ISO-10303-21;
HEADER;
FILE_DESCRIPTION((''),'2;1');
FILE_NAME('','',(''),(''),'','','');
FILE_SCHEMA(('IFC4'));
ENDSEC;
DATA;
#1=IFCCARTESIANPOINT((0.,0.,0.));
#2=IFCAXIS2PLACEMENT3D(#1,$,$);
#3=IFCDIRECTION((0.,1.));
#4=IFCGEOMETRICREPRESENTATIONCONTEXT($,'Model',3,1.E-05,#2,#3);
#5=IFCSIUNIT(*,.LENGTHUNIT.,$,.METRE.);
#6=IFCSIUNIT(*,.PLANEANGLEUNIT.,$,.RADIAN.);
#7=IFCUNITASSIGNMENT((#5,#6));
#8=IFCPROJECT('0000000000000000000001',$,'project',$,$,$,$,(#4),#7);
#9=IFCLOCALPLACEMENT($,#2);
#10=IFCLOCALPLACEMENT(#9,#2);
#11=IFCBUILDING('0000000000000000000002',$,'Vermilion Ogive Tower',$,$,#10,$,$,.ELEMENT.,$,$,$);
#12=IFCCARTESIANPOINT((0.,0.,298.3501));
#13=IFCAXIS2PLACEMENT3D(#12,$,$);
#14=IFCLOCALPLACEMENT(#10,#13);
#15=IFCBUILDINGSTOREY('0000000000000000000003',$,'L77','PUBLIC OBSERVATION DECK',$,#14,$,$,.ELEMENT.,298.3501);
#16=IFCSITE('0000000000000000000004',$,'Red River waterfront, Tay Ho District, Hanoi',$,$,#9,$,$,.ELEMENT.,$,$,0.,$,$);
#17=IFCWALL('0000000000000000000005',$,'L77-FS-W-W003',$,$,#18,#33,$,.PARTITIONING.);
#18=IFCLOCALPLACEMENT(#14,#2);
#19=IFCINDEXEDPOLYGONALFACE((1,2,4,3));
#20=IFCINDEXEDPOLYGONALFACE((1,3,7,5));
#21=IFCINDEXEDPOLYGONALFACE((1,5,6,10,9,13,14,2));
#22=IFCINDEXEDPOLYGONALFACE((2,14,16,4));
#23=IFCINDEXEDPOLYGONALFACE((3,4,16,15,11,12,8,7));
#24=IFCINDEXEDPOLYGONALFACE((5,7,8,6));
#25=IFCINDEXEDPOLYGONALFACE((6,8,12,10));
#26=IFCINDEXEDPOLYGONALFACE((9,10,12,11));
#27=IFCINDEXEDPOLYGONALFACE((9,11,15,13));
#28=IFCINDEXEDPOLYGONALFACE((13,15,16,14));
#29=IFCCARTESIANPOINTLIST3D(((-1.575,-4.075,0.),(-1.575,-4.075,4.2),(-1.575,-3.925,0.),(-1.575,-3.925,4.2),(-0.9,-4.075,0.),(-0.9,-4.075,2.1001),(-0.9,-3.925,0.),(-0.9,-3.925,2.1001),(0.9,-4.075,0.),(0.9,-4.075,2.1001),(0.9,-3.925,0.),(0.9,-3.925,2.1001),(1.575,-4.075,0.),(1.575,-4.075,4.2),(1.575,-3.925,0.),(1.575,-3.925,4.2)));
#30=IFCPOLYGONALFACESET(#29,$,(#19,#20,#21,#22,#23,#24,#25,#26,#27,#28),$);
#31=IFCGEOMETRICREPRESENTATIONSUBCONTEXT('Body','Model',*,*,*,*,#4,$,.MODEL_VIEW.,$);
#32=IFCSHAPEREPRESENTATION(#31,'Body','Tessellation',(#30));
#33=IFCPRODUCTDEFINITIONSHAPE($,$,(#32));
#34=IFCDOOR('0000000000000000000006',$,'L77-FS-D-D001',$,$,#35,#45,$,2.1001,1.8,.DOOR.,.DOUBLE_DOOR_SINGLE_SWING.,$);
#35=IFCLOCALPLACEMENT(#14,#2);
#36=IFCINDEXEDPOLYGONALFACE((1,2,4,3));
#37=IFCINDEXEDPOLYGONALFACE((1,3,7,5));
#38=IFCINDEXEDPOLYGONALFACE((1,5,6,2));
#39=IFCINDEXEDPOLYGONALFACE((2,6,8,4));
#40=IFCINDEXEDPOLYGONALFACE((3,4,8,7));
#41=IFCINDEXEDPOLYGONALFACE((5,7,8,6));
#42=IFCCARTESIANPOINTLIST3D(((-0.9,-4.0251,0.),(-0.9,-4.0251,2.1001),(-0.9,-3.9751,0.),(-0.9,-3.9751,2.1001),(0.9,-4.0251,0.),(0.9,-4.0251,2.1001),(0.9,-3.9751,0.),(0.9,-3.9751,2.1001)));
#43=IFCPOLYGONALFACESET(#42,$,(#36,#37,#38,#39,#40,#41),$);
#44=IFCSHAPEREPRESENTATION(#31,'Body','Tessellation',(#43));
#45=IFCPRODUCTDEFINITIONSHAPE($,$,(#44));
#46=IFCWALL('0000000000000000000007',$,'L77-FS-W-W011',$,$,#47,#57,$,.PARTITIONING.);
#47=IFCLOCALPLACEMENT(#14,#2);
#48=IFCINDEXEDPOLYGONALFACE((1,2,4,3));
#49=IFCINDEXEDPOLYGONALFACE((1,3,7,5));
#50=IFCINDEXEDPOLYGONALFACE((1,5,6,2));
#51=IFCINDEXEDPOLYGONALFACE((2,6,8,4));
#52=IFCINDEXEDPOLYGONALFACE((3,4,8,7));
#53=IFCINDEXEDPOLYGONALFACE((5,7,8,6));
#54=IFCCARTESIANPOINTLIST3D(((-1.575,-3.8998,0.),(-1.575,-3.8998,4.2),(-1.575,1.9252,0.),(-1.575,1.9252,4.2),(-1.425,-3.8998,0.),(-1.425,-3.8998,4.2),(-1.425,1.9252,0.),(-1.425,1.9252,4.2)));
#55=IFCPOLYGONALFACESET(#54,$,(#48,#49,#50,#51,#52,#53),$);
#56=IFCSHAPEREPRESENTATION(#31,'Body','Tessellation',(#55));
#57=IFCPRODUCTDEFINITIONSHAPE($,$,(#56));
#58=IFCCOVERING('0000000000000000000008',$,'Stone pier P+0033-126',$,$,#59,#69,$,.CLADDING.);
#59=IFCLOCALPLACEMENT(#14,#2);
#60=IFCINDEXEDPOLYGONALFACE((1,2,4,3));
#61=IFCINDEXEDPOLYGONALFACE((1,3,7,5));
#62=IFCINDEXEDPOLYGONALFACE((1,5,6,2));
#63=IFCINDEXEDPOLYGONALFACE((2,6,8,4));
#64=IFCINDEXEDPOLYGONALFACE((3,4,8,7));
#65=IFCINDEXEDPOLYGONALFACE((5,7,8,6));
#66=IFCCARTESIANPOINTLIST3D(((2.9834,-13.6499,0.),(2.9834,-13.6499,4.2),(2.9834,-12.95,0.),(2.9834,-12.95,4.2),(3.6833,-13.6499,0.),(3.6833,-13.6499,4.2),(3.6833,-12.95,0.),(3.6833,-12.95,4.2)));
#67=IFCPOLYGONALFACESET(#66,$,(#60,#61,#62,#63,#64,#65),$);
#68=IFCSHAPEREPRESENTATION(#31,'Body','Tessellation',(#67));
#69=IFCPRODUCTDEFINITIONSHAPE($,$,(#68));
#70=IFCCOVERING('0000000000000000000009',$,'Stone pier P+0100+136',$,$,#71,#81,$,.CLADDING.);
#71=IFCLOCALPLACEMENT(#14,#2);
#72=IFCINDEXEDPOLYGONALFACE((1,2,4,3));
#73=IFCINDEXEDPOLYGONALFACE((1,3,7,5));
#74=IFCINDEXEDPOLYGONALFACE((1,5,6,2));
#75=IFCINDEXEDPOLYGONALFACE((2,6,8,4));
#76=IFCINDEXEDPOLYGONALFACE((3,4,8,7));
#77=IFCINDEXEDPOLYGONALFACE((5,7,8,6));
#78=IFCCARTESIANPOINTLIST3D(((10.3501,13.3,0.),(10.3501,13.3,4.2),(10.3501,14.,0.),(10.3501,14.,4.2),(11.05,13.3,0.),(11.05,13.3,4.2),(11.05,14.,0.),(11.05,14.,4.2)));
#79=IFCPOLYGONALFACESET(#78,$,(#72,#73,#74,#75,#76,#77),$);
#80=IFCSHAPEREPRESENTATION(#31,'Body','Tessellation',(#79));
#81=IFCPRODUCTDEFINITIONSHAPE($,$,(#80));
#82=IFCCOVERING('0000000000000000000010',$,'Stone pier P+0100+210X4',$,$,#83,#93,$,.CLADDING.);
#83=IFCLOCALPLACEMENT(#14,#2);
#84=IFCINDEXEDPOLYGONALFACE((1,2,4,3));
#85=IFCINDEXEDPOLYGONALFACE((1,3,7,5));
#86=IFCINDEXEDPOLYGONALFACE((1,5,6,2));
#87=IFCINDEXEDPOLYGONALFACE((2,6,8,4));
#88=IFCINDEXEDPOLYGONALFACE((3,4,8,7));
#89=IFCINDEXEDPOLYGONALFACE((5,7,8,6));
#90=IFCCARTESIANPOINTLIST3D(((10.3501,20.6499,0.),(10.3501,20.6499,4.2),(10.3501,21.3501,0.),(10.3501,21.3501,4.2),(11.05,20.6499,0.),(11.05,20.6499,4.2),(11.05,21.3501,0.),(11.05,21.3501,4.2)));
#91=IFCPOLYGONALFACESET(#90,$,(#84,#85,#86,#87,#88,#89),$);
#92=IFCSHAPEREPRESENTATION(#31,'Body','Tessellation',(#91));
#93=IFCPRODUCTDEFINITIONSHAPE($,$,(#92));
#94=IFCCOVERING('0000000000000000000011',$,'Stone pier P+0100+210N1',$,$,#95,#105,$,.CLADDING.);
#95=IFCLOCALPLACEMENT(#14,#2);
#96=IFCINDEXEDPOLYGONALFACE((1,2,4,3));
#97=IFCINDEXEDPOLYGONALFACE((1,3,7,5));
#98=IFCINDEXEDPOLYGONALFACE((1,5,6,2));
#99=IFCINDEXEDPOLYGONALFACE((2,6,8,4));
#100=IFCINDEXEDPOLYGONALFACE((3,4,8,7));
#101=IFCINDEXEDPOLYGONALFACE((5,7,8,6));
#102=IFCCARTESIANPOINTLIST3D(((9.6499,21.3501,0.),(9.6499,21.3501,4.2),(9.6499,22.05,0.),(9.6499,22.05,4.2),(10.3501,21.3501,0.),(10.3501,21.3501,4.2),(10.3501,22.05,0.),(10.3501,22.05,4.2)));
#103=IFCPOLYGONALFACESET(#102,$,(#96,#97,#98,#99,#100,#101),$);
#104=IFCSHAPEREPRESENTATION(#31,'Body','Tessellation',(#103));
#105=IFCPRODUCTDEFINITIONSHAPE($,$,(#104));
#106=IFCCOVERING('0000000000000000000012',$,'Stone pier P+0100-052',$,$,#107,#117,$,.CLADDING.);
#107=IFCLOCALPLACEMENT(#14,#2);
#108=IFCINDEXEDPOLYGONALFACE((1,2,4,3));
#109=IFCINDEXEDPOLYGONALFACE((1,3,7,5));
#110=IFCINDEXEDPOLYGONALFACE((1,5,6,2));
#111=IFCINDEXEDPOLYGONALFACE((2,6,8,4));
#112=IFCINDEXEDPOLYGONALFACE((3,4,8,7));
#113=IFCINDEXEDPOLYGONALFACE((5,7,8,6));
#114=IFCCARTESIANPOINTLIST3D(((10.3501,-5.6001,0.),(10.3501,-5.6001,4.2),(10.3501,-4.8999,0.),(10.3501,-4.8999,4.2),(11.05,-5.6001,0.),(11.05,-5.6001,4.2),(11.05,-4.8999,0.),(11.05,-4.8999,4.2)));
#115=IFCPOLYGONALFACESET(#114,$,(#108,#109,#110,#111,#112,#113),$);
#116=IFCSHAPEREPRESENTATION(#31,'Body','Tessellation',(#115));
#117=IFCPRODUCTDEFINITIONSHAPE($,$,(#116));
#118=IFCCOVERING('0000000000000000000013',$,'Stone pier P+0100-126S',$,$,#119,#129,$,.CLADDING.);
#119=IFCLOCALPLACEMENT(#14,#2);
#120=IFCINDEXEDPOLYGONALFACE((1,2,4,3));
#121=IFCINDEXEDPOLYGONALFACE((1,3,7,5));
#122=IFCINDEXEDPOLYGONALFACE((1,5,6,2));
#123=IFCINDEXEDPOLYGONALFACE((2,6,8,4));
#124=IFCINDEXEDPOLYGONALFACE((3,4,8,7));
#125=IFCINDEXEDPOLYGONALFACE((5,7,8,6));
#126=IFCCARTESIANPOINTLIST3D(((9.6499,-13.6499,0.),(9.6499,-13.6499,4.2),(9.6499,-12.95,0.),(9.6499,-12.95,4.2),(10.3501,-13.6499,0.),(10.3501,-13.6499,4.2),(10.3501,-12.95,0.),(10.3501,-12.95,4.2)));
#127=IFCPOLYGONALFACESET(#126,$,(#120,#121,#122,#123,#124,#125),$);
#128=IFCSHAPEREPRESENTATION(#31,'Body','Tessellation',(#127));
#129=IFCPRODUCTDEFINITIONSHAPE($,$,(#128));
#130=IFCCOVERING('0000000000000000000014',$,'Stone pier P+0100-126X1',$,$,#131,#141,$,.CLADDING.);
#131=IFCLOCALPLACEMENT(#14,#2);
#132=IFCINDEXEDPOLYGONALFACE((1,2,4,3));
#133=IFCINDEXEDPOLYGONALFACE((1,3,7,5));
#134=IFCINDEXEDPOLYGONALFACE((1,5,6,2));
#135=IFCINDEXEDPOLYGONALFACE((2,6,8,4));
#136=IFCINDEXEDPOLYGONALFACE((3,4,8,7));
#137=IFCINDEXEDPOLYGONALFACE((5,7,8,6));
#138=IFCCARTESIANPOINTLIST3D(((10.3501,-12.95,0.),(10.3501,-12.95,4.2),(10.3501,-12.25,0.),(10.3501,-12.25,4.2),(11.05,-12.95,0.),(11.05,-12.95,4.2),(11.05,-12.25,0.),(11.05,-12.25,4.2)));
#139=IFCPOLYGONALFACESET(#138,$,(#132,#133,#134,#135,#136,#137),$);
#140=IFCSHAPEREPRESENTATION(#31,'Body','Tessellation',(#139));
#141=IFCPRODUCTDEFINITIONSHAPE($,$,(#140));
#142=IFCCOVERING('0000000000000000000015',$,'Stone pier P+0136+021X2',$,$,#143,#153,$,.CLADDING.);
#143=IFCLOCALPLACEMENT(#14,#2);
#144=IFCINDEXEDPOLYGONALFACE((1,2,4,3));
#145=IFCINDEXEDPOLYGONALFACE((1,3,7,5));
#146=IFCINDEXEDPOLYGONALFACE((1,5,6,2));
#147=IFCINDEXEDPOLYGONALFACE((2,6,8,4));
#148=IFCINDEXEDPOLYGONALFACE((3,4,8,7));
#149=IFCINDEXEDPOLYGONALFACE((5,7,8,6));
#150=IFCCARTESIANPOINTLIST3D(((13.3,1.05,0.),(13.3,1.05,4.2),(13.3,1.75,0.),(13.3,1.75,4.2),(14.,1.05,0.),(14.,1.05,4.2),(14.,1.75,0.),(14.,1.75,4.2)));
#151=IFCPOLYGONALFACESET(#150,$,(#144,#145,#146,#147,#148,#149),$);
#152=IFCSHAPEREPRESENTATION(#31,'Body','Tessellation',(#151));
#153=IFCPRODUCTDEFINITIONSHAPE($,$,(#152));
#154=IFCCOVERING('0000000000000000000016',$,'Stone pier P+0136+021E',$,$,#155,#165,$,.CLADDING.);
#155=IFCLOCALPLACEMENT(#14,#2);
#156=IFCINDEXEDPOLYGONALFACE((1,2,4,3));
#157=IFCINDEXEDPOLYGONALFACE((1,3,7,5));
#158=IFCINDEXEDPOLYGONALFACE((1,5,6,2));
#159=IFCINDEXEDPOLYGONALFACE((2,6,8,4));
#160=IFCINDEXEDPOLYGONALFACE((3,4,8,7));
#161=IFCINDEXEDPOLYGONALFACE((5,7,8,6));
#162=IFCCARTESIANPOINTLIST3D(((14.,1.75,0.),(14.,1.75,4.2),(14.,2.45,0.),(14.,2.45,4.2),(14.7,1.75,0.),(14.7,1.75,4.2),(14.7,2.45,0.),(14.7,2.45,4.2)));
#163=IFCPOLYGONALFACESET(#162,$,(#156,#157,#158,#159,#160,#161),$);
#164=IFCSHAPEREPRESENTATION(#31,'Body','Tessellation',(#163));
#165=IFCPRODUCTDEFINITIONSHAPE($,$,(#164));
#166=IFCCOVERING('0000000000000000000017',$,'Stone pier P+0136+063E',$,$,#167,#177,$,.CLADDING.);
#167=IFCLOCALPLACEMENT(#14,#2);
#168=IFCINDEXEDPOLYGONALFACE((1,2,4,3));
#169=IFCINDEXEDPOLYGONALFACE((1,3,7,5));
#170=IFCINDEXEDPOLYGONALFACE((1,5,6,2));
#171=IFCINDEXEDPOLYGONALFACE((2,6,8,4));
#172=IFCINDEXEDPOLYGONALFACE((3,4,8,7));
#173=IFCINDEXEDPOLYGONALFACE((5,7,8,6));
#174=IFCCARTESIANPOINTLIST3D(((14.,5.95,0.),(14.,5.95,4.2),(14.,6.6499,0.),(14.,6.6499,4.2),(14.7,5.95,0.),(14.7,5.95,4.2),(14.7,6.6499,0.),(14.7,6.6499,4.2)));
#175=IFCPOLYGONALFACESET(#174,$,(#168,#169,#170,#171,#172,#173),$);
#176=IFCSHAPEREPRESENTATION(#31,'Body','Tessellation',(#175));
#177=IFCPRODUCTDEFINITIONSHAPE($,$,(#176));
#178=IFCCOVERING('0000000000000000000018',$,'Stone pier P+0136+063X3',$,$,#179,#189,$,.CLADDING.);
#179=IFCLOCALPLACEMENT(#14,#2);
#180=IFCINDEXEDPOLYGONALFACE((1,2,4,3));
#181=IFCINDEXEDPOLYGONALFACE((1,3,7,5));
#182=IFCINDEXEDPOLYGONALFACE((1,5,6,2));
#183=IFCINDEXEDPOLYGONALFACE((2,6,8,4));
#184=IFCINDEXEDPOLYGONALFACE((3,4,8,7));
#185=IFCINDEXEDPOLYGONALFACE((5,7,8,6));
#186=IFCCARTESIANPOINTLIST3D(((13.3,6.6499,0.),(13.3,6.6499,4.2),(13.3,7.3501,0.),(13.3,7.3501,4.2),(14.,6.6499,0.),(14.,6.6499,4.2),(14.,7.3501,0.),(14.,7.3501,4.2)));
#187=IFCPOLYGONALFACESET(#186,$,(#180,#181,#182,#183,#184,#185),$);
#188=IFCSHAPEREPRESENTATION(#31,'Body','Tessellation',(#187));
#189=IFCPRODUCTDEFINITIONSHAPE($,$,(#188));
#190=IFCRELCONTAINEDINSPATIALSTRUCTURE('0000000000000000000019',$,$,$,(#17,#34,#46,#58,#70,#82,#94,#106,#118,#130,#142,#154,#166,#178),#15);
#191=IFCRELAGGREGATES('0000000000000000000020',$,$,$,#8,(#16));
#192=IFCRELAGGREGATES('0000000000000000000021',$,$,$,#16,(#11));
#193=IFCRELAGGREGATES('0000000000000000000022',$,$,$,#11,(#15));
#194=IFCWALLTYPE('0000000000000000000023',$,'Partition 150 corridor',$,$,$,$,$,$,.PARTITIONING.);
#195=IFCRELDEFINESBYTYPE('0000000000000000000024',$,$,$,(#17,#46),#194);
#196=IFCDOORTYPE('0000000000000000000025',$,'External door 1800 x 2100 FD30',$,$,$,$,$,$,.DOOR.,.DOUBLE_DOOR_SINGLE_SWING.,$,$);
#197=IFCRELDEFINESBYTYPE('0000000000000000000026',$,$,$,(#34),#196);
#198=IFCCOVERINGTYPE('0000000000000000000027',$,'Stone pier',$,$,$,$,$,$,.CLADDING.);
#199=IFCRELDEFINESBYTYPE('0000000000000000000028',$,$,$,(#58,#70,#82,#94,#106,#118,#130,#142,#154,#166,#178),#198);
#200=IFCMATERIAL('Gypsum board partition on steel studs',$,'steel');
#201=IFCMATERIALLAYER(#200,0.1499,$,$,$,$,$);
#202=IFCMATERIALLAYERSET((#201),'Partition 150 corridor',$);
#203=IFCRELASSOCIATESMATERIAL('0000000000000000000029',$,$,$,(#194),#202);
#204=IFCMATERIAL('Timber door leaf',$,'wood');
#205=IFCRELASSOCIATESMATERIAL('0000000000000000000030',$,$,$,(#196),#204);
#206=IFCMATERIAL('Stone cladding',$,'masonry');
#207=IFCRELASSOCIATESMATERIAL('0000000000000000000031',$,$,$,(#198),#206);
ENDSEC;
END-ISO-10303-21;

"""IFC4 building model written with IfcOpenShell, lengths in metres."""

from ifc_helpers import new_model, si_unit, direction, frame, frame_2d, origin, place, context, subcontext, project, spatial, polyline, rectangle, outline, extrude, material, layer, layer_set, type_object, element, fill, save


model = new_model("IFC4")

# Units and contexts
model_context = context("Model", 3, precision=1e-05, world=origin(), true_north=direction((0.0, 1.0)))
body_context = subcontext(model_context, "Body", "Model", "MODEL_VIEW")
ifc_project = project(units=[si_unit("LENGTHUNIT", "METRE"), si_unit("PLANEANGLEUNIT", "RADIAN")], contexts=[model_context])

# Site, building, storey
site_placement = place(None, origin())
site = spatial("IfcSite", under=ifc_project, at=site_placement, Name="Red River waterfront, Tay Ho District, Hanoi", CompositionType="ELEMENT", RefElevation=0.0)
building_placement = place(site_placement, origin())
building = spatial("IfcBuilding", under=site, at=building_placement, Name="Vermilion Ogive Tower", CompositionType="ELEMENT")
storey_placement = place(building_placement, frame((0.0, 0.0, 298.3501)))
storey = spatial("IfcBuildingStorey", under=building, at=storey_placement, Name="L77", Description="PUBLIC OBSERVATION DECK", CompositionType="ELEMENT", Elevation=298.3501)

# Wall, opening, door
ifc_material_1 = material(Name="Gypsum board partition on steel studs", Category="steel")
ifc_layer_1 = layer(ifc_material_1, 0.1499)
ifc_layer_set_1 = layer_set([ifc_layer_1], Name="Partition 150 corridor")
wall_type_1 = type_object("IfcWallType", Name="Partition 150 corridor", PredefinedType="PARTITIONING", material=ifc_layer_set_1)
wall_1_placement = place(storey_placement, frame((-1.575, -4.0, 0.0), z_axis=(0.0, 0.0, 1.0), x_axis=(1.0, 0.0, 0.0)))
wall_1 = element("IfcWall", 1, at=wall_1_placement, inside=storey, type_object=wall_type_1, Name="L77-FS-W-W003", PredefinedType="PARTITIONING", context=body_context, shape_type="SweptSolid", body=[
    extrude(rectangle(XDim=3.1499, YDim=0.1499, at=frame_2d((1.575, 0.0))), origin(), (0.0, 0.0, 1.0), 4.2),
])
opening_placement = place(wall_1_placement, frame((0.675, 0.0, 0.0)))
opening = element("IfcOpeningElement", 2, at=opening_placement, cuts=wall_1, PredefinedType="OPENING", context=body_context, shape_type="SweptSolid", body=[
    extrude(rectangle(XDim=1.8, YDim=2.1001, at=frame_2d((0.8999, 1.05))), frame((0.0, 0.085, 0.0), z_axis=(0.0, -1.0, 0.0), x_axis=(1.0, 0.0, 0.0)), (0.0, 0.0, 1.0), 0.1699),
])
ifc_material_2 = material(Name="Timber door leaf", Category="wood")
door_type = type_object("IfcDoorType", Name="External door 1800 x 2100 FD30", OperationType="DOUBLE_DOOR_SINGLE_SWING", PredefinedType="DOOR", material=ifc_material_2)
door_placement = place(opening_placement, origin())
door = element("IfcDoor", 3, at=door_placement, inside=storey, type_object=door_type, Name="L77-FS-D-D001", OperationType="DOUBLE_DOOR_SINGLE_SWING", OverallHeight=2.1001, OverallWidth=1.8, PredefinedType="DOOR", context=body_context, shape_type="SweptSolid", body=[
    extrude(rectangle(XDim=1.8, YDim=2.1001, at=frame_2d((0.8999, 1.05))), frame((0.0, 0.0249, 0.0), z_axis=(0.0, -1.0, 0.0), x_axis=(1.0, 0.0, 0.0)), (0.0, 0.0, 1.0), 0.05),
])
fill(opening, door)

# Wall
wall_2_placement = place(storey_placement, frame((-1.5, -3.8999, 0.0), z_axis=(0.0, 0.0, 1.0), x_axis=(0.0, 1.0, 0.0)))
element("IfcWall", 4, at=wall_2_placement, inside=storey, type_object=wall_type_1, Name="L77-FS-W-W011", PredefinedType="PARTITIONING", context=body_context, shape_type="SweptSolid", body=[
    extrude(rectangle(XDim=5.825, YDim=0.1499, at=frame_2d((2.9126, 0.0))), origin(), (0.0, 0.0, 1.0), 4.2),
])

# Coverings
ifc_material_3 = material(Name="Stone cladding", Category="masonry")
covering_type = type_object("IfcCoveringType", Name="Stone pier", PredefinedType="CLADDING", material=ifc_material_3)
covering_1_placement = place(storey_placement, origin())
element("IfcCovering", 5, at=covering_1_placement, inside=storey, type_object=covering_type, Name="Stone pier P+0033-126", PredefinedType="CLADDING", context=body_context, shape_type="SweptSolid", body=[
    extrude(outline(polyline([(3.6833, -13.6499), (2.9834, -13.6499), (2.9834, -12.95), (3.6833, -12.95), (3.6833, -13.6499)])), origin(), (0.0, 0.0, 1.0), 4.2),
])
covering_2_placement = place(storey_placement, origin())
element("IfcCovering", 6, at=covering_2_placement, inside=storey, type_object=covering_type, Name="Stone pier P+0100+136", PredefinedType="CLADDING", context=body_context, shape_type="SweptSolid", body=[
    extrude(outline(polyline([(11.05, 14.0), (11.05, 13.3), (10.3501, 13.3), (10.3501, 14.0), (11.05, 14.0)])), origin(), (0.0, 0.0, 1.0), 4.2),
])
covering_3_placement = place(storey_placement, origin())
element("IfcCovering", 7, at=covering_3_placement, inside=storey, type_object=covering_type, Name="Stone pier P+0100+210X4", PredefinedType="CLADDING", context=body_context, shape_type="SweptSolid", body=[
    extrude(outline(polyline([(11.05, 21.3501), (11.05, 20.6499), (10.3501, 20.6499), (10.3501, 21.3501), (11.05, 21.3501)])), origin(), (0.0, 0.0, 1.0), 4.2),
])
covering_4_placement = place(storey_placement, origin())
element("IfcCovering", 8, at=covering_4_placement, inside=storey, type_object=covering_type, Name="Stone pier P+0100+210N1", PredefinedType="CLADDING", context=body_context, shape_type="SweptSolid", body=[
    extrude(outline(polyline([(10.3501, 22.05), (10.3501, 21.3501), (9.6499, 21.3501), (9.6499, 22.05), (10.3501, 22.05)])), origin(), (0.0, 0.0, 1.0), 4.2),
])
covering_5_placement = place(storey_placement, origin())
element("IfcCovering", 9, at=covering_5_placement, inside=storey, type_object=covering_type, Name="Stone pier P+0100-052", PredefinedType="CLADDING", context=body_context, shape_type="SweptSolid", body=[
    extrude(outline(polyline([(11.05, -4.8999), (11.05, -5.6001), (10.3501, -5.6001), (10.3501, -4.8999), (11.05, -4.8999)])), origin(), (0.0, 0.0, 1.0), 4.2),
])
covering_6_placement = place(storey_placement, origin())
element("IfcCovering", 10, at=covering_6_placement, inside=storey, type_object=covering_type, Name="Stone pier P+0100-126S", PredefinedType="CLADDING", context=body_context, shape_type="SweptSolid", body=[
    extrude(outline(polyline([(10.3501, -12.95), (10.3501, -12.95), (10.3501, -13.6499), (9.6499, -13.6499), (9.6499, -12.95), (9.6499, -12.95), (10.3501, -12.95)])), origin(), (0.0, 0.0, 1.0), 4.2),
])
covering_7_placement = place(storey_placement, origin())
element("IfcCovering", 11, at=covering_7_placement, inside=storey, type_object=covering_type, Name="Stone pier P+0100-126X1", PredefinedType="CLADDING", context=body_context, shape_type="SweptSolid", body=[
    extrude(outline(polyline([(11.05, -12.95), (10.3501, -12.95), (10.3501, -12.95), (10.3501, -12.25), (11.05, -12.25), (11.05, -12.95)])), origin(), (0.0, 0.0, 1.0), 4.2),
])
covering_8_placement = place(storey_placement, origin())
element("IfcCovering", 12, at=covering_8_placement, inside=storey, type_object=covering_type, Name="Stone pier P+0136+021X2", PredefinedType="CLADDING", context=body_context, shape_type="SweptSolid", body=[
    extrude(outline(polyline([(14.0, 1.75), (14.0, 1.05), (13.3, 1.05), (13.3, 1.75), (14.0, 1.75), (14.0, 1.75)])), origin(), (0.0, 0.0, 1.0), 4.2),
])
covering_9_placement = place(storey_placement, origin())
element("IfcCovering", 13, at=covering_9_placement, inside=storey, type_object=covering_type, Name="Stone pier P+0136+021E", PredefinedType="CLADDING", context=body_context, shape_type="SweptSolid", body=[
    extrude(outline(polyline([(14.7, 1.75), (14.0, 1.75), (14.0, 1.75), (14.0, 2.45), (14.7, 2.45), (14.7, 1.75)])), origin(), (0.0, 0.0, 1.0), 4.2),
])
covering_10_placement = place(storey_placement, origin())
element("IfcCovering", 14, at=covering_10_placement, inside=storey, type_object=covering_type, Name="Stone pier P+0136+063E", PredefinedType="CLADDING", context=body_context, shape_type="SweptSolid", body=[
    extrude(outline(polyline([(14.0, 6.6499), (14.7, 6.6499), (14.7, 5.95), (14.0, 5.95), (14.0, 5.95), (14.0, 6.6499)])), origin(), (0.0, 0.0, 1.0), 4.2),
])
covering_11_placement = place(storey_placement, origin())
element("IfcCovering", 15, at=covering_11_placement, inside=storey, type_object=covering_type, Name="Stone pier P+0136+063X3", PredefinedType="CLADDING", context=body_context, shape_type="SweptSolid", body=[
    extrude(outline(polyline([(14.0, 7.3501), (14.0, 6.6499), (13.3, 6.6499), (13.3, 7.3501), (14.0, 7.3501)])), origin(), (0.0, 0.0, 1.0), 4.2),
])

save(model, "model.ifc")
